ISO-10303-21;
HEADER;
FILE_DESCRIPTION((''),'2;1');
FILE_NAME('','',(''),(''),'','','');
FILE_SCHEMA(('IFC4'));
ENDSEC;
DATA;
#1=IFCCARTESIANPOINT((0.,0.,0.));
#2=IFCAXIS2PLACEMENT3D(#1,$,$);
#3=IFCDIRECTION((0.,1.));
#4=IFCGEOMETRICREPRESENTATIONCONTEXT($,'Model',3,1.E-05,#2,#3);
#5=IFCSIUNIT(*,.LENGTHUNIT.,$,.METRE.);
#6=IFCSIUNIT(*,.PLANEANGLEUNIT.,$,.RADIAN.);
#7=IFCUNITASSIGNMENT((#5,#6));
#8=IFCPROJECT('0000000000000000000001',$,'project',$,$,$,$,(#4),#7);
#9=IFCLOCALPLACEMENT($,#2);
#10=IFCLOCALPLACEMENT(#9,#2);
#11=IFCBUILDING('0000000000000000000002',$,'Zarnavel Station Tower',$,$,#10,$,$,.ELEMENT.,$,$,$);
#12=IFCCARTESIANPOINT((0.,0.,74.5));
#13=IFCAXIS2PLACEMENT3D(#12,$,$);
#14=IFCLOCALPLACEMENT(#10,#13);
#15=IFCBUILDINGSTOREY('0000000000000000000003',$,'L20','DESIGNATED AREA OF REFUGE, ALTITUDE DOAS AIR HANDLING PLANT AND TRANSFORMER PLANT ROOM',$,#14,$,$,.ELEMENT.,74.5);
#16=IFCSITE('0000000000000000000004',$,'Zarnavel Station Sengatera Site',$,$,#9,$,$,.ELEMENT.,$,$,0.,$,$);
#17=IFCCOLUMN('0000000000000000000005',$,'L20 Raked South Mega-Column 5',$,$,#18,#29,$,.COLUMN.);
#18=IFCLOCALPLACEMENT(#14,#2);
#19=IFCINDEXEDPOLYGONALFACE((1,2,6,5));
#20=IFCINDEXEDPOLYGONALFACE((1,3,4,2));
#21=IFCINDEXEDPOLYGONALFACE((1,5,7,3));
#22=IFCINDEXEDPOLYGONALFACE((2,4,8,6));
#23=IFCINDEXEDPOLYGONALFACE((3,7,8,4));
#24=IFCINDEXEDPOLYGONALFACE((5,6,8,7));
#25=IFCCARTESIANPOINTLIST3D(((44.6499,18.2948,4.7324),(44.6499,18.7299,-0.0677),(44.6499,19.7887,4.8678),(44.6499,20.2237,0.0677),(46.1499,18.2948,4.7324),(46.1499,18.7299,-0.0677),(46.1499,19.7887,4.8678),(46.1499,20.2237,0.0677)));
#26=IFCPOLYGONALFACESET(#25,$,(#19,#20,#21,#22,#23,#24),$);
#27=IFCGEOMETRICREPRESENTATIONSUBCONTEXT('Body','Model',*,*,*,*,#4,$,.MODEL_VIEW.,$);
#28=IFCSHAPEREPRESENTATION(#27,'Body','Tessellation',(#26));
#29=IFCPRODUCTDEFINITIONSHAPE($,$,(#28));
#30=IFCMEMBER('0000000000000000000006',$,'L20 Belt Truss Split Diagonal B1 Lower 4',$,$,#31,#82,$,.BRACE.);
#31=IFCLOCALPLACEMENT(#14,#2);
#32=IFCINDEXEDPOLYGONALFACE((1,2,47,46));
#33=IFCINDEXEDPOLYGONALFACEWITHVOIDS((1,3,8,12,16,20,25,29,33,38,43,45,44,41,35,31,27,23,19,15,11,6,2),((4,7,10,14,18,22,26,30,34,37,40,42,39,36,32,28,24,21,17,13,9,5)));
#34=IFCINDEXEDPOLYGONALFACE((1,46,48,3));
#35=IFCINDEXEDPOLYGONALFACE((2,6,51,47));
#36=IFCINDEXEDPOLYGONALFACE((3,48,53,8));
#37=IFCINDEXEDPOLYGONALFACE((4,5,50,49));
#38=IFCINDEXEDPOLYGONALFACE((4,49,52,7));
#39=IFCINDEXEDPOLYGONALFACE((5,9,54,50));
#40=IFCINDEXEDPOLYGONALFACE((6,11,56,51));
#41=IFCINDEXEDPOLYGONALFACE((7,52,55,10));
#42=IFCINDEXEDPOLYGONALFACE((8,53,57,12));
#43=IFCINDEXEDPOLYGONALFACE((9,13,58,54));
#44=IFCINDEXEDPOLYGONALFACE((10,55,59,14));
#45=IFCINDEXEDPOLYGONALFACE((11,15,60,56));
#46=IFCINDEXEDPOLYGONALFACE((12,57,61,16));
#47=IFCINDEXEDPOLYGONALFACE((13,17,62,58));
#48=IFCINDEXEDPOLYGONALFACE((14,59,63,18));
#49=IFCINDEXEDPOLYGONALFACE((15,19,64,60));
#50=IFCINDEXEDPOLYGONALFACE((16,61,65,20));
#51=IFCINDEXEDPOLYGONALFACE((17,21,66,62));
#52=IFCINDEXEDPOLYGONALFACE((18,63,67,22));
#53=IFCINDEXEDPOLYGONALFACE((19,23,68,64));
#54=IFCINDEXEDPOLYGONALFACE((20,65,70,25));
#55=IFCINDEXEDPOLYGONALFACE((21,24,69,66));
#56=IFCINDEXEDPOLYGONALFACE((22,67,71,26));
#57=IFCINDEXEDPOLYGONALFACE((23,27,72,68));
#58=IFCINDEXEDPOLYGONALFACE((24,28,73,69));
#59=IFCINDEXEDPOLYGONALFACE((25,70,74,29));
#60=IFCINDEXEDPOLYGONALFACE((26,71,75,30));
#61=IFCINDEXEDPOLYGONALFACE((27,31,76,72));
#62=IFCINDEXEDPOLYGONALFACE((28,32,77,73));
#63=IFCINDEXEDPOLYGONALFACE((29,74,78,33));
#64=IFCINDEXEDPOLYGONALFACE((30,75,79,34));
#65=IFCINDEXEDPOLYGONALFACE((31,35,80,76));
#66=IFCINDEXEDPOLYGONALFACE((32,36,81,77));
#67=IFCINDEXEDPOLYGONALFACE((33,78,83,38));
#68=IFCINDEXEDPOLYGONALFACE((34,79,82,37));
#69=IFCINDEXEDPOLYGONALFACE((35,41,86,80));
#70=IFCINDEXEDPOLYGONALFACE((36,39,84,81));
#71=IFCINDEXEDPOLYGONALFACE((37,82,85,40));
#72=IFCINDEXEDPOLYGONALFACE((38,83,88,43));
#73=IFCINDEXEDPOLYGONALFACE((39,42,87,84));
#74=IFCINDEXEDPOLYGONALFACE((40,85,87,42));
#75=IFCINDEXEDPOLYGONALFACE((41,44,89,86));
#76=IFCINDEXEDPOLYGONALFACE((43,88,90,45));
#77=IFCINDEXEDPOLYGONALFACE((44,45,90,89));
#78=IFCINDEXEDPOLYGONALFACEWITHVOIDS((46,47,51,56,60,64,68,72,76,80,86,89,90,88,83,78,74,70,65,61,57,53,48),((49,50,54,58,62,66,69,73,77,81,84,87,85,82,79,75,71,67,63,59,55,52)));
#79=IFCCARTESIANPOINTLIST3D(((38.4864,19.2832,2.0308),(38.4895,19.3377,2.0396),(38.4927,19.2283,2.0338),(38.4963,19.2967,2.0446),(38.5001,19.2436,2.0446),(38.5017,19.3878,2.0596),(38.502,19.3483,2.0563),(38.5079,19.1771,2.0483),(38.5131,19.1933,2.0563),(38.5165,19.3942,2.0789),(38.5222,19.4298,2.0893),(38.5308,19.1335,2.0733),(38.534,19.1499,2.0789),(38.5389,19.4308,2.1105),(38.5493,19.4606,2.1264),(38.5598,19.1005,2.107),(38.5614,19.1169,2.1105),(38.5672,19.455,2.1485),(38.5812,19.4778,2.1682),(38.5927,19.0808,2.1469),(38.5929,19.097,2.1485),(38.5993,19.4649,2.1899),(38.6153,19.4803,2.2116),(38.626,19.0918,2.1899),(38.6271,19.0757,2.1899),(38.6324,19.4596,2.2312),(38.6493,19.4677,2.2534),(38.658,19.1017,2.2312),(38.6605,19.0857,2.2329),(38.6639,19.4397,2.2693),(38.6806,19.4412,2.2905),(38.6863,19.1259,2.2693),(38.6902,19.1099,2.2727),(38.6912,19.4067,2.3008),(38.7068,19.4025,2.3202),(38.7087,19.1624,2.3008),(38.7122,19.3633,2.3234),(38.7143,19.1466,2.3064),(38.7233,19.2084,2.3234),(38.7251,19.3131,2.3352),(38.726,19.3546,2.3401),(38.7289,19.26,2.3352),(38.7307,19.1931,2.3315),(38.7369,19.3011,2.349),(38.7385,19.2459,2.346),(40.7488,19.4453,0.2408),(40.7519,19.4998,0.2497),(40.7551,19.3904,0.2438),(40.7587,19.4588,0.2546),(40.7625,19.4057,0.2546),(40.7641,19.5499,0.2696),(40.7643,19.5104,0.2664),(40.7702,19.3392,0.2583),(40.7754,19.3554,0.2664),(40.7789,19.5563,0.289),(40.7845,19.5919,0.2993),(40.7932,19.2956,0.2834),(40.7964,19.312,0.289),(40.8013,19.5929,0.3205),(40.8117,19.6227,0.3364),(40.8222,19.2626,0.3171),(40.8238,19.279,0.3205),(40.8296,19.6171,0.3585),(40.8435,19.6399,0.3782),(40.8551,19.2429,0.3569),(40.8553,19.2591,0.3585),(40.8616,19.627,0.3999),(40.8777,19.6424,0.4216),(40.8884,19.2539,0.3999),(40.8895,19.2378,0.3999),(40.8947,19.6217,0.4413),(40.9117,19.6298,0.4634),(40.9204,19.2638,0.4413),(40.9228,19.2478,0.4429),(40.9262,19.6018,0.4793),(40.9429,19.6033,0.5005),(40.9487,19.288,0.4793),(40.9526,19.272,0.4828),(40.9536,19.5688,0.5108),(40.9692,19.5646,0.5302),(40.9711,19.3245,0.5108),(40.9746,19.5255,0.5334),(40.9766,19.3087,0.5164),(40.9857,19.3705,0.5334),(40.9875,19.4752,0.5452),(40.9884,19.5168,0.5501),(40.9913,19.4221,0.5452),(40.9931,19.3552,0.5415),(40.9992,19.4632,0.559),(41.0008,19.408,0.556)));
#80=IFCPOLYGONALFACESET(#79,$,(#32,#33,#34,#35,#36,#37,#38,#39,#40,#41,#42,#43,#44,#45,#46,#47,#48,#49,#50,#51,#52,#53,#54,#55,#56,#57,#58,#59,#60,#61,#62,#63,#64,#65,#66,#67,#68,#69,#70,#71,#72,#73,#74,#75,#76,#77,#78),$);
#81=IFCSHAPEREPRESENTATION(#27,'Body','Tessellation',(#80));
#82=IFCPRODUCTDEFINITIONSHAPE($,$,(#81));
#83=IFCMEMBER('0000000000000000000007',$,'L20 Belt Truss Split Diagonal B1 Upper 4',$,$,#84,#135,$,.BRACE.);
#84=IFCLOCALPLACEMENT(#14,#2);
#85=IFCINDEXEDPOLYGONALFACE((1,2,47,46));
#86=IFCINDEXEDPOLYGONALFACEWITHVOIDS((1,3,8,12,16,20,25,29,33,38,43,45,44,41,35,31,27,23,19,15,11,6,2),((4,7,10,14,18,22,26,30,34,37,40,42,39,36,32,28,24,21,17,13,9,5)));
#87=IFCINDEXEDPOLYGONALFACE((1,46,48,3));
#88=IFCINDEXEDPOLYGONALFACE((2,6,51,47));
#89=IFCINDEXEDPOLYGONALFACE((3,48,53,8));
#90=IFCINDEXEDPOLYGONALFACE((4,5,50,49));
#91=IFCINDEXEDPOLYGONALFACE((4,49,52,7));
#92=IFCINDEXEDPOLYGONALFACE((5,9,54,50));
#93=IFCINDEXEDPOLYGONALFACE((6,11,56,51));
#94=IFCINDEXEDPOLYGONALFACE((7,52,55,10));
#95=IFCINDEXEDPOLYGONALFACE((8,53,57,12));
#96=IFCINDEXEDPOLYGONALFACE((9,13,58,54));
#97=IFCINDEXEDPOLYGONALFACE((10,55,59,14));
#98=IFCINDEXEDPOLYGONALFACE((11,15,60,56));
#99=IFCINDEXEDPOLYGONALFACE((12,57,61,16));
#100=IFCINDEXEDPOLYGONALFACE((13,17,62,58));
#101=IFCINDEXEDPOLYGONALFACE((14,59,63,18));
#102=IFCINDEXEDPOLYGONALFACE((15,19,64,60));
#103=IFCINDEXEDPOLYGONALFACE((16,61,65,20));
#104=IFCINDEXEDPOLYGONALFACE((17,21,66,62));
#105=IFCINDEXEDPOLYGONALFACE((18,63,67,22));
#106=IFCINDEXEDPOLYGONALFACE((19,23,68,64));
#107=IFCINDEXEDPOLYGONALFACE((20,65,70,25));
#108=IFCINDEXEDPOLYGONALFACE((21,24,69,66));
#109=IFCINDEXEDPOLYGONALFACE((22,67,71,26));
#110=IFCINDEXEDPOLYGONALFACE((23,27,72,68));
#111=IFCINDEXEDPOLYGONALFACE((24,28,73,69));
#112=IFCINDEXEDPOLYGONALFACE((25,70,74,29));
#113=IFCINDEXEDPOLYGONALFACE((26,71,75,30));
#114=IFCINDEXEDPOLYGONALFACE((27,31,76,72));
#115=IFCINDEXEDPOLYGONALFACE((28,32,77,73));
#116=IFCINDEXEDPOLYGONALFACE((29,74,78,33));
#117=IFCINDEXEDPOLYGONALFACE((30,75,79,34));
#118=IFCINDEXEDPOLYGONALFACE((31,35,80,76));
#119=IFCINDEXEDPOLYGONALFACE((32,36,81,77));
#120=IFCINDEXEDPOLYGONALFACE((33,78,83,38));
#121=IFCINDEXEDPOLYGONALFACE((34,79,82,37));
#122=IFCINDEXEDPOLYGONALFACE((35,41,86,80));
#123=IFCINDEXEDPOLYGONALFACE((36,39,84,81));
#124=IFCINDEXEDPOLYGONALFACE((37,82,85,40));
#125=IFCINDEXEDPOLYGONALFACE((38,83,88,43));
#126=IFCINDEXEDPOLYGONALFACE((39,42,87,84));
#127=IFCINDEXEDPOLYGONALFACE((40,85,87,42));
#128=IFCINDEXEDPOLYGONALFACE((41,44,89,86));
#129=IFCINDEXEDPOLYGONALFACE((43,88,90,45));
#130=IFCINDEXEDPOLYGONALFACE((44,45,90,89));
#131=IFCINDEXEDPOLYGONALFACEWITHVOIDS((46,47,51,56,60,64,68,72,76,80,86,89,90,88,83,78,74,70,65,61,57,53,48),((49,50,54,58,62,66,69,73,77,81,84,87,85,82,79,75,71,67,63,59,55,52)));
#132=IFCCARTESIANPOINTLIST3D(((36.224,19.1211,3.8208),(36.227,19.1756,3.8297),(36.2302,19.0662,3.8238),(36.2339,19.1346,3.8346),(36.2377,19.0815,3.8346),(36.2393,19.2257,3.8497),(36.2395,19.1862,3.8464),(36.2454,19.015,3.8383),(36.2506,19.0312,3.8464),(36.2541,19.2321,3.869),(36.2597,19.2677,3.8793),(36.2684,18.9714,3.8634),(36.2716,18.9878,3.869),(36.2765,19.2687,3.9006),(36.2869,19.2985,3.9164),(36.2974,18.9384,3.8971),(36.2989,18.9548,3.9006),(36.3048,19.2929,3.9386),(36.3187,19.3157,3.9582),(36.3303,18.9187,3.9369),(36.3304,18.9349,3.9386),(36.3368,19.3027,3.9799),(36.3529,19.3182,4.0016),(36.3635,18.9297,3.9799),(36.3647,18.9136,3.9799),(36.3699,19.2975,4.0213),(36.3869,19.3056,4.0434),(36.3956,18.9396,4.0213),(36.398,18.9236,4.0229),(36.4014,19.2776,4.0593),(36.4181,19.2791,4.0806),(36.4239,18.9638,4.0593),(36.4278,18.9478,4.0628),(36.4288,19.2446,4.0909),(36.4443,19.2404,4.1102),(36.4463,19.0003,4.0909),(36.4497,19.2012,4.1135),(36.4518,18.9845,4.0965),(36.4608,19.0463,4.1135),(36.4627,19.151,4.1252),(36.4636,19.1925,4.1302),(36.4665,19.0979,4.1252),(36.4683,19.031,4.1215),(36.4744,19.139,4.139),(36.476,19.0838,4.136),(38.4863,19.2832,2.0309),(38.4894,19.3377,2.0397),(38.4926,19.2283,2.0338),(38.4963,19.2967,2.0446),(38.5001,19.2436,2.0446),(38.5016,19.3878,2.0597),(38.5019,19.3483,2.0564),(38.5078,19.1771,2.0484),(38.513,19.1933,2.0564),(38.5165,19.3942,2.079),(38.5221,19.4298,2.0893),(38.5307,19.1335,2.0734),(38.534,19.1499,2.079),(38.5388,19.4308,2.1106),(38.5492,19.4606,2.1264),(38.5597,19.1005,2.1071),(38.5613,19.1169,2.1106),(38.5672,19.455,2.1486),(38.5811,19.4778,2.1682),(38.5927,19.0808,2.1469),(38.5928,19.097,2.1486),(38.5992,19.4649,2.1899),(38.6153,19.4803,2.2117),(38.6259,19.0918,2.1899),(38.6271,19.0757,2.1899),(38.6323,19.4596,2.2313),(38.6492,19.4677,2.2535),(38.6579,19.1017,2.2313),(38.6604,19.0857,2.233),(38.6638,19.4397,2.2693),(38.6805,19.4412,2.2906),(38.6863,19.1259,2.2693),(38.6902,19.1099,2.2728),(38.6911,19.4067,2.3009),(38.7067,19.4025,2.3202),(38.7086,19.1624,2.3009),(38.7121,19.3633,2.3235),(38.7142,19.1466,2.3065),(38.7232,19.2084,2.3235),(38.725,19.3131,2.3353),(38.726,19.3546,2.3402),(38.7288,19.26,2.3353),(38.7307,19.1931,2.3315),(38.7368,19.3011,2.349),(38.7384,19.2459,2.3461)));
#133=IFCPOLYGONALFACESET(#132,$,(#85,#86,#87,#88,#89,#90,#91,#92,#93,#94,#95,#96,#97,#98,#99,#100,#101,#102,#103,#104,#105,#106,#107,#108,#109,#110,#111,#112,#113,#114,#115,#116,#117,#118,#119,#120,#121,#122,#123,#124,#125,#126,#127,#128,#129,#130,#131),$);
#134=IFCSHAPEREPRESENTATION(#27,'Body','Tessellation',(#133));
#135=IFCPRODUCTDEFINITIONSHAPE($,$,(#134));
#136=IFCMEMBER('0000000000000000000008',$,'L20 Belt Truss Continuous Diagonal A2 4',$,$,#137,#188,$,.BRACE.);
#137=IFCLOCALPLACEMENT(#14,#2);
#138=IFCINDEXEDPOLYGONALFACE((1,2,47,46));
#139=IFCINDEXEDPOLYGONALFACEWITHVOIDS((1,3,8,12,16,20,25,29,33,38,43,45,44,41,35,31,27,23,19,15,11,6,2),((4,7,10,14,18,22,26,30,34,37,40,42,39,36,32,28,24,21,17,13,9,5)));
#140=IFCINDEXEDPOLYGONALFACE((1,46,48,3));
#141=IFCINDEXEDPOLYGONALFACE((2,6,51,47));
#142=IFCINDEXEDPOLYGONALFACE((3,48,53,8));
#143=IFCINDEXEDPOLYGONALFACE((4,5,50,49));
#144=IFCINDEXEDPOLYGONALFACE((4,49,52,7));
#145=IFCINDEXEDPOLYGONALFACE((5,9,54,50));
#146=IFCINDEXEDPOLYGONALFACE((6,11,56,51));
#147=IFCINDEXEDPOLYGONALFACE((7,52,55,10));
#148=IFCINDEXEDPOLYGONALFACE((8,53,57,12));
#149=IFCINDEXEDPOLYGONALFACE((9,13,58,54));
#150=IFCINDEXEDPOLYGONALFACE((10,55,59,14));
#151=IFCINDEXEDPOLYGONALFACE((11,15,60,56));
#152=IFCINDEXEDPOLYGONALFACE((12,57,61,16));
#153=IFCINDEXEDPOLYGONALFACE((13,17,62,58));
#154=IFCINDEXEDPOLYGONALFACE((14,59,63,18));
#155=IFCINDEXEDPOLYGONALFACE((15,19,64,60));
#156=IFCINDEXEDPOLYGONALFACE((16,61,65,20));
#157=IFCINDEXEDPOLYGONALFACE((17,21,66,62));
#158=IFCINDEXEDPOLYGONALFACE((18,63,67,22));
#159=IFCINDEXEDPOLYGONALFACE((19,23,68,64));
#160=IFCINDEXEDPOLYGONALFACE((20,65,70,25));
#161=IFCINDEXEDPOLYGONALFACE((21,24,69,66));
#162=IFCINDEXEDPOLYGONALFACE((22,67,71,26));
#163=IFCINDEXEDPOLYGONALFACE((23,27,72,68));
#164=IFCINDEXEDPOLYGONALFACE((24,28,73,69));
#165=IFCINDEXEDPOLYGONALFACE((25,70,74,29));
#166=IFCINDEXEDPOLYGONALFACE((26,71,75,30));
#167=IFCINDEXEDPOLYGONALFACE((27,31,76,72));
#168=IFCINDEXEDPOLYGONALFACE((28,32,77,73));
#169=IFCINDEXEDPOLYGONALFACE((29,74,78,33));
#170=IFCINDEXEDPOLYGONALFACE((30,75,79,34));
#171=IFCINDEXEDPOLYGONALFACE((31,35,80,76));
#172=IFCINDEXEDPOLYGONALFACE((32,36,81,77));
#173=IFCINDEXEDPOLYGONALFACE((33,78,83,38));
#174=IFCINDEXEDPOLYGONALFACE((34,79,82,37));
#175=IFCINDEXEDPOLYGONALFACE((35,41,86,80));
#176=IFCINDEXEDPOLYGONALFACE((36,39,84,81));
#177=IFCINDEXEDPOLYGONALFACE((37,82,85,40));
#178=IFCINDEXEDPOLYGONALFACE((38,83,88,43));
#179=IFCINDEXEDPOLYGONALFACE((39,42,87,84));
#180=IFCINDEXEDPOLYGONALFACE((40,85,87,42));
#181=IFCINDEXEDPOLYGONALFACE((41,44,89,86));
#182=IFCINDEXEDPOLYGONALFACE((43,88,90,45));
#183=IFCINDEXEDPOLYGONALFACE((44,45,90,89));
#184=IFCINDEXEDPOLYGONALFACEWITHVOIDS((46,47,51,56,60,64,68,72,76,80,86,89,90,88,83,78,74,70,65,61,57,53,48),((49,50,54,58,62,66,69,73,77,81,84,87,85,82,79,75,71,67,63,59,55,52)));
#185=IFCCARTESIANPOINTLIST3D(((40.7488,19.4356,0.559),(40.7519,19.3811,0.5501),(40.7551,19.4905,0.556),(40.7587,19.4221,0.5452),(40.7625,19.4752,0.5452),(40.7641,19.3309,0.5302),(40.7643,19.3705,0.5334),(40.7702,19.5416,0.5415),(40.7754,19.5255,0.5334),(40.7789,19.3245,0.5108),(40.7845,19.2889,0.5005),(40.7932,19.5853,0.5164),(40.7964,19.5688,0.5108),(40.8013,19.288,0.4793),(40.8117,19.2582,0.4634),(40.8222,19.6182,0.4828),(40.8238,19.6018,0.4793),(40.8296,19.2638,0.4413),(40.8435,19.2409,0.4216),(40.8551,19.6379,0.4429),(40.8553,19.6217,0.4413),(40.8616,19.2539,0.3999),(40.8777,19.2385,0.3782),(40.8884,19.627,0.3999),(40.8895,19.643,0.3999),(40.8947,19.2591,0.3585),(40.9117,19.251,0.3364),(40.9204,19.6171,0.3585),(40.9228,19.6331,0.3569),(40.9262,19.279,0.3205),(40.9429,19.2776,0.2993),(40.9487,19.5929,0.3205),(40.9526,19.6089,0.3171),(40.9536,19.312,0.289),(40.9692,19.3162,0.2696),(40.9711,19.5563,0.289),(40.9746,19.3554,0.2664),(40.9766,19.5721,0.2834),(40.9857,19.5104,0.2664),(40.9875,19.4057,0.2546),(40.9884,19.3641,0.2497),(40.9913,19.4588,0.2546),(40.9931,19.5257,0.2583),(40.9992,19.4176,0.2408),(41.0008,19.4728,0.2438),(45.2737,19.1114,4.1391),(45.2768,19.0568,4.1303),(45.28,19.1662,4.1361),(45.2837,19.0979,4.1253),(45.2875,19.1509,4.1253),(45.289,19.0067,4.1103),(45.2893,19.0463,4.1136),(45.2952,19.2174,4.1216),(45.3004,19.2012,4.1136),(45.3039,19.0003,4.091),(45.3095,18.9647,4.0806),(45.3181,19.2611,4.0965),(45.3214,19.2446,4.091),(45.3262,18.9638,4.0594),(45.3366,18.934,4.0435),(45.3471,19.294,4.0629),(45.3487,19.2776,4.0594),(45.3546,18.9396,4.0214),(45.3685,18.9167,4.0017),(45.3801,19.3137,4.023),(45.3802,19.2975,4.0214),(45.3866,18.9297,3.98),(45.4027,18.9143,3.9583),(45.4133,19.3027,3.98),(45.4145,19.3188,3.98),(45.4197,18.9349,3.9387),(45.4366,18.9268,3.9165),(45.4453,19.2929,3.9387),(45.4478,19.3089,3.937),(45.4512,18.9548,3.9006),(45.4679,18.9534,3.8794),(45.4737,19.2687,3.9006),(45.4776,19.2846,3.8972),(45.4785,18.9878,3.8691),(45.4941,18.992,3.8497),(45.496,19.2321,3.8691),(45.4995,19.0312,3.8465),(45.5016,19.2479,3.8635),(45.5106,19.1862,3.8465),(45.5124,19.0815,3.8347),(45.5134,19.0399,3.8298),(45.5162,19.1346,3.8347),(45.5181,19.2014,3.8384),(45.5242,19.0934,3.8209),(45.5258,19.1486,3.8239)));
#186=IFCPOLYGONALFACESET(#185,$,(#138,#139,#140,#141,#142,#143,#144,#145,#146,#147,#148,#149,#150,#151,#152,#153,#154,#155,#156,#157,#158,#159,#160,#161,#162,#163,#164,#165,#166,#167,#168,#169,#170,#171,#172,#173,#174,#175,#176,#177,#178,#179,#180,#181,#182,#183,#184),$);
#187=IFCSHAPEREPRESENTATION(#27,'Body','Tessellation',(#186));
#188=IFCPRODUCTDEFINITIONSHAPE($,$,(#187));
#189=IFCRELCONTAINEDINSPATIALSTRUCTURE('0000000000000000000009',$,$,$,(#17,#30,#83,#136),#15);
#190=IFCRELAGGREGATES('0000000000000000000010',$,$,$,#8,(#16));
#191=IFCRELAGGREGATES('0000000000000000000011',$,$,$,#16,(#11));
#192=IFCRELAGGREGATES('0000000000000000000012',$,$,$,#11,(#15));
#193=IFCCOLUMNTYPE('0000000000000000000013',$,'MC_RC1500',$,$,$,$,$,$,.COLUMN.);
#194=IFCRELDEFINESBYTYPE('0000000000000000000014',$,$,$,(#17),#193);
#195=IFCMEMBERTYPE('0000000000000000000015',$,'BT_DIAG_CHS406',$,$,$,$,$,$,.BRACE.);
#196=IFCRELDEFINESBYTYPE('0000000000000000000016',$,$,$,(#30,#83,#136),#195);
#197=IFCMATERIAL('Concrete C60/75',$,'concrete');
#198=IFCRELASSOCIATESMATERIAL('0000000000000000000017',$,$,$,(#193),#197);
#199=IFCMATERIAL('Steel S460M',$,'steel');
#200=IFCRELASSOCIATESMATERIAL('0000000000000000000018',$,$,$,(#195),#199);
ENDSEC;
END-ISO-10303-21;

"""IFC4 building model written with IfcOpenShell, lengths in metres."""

from ifc_helpers import new_model, si_unit, direction, frame, origin, origin_2d, place, context, subcontext, project, spatial, rectangle, hollow_circle, extrude, material, material_profile, profile_set, type_object, element, save


model = new_model("IFC4")

# Units and contexts
model_context = context("Model", 3, precision=1e-05, world=origin(), true_north=direction((0.0, 1.0)))
body_context = subcontext(model_context, "Body", "Model", "MODEL_VIEW")
ifc_project = project(units=[si_unit("LENGTHUNIT", "METRE"), si_unit("PLANEANGLEUNIT", "RADIAN")], contexts=[model_context])

# Site, building, storey
site_placement = place(None, origin())
site = spatial("IfcSite", under=ifc_project, at=site_placement, Name="Zarnavel Station Sengatera Site", CompositionType="ELEMENT", RefElevation=0.0)
building_placement = place(site_placement, origin())
building = spatial("IfcBuilding", under=site, at=building_placement, Name="Zarnavel Station Tower", CompositionType="ELEMENT")
storey_placement = place(building_placement, frame((0.0, 0.0, 74.5)))
storey = spatial("IfcBuildingStorey", under=building, at=storey_placement, Name="L20", Description="DESIGNATED AREA OF REFUGE, ALTITUDE DOAS AIR HANDLING PLANT AND TRANSFORMER PLANT ROOM", CompositionType="ELEMENT", Elevation=74.5)

# Column
ifc_material_1 = material(Name="Concrete C60/75", Category="concrete")
ifc_material_profile_1 = material_profile(ifc_material_1, rectangle(XDim=1.5, YDim=1.5, at=origin_2d()), Name="RC1500x1500")
ifc_profile_set_1 = profile_set([ifc_material_profile_1], Name="Concrete C60/75")
column_type = type_object("IfcColumnType", Name="MC_RC1500", PredefinedType="COLUMN", material=ifc_profile_set_1)
column_placement = place(storey_placement, frame((45.3999, 19.4768, 0.0), z_axis=(0.0, -0.090266, 0.995918), x_axis=(1.0, 0.0, 0.0)))
element("IfcColumn", 1, at=column_placement, inside=storey, type_object=column_type, Name="L20 Raked South Mega-Column 5", PredefinedType="COLUMN", context=body_context, shape_type="SweptSolid", body=[
    extrude(rectangle(XDim=1.5, YDim=1.5, at=origin_2d()), origin(), (0.0, 0.0, 1.0), 4.8198),
])

# Members
ifc_material_2 = material(Name="Steel S460M", Category="steel")
ifc_material_profile_2 = material_profile(ifc_material_2, hollow_circle(Radius=0.2031, WallThickness=0.0161, at=origin_2d()), Name="CHS406.4x16")
ifc_profile_set_2 = profile_set([ifc_material_profile_2], Name="Steel S460M")
member_type_1 = type_object("IfcMemberType", Name="BT_DIAG_CHS406", PredefinedType="BRACE", material=ifc_profile_set_2)
for number, where, z_axis, x_axis, name in (
    (2, (40.875, 19.4404, 0.3999), (-0.782991, -0.056103, 0.619498), (0.071469, -0.997443, 0.0), "L20 Belt Truss Split Diagonal B1 Lower 4"),
    (3, (38.6125, 19.2783, 2.1899), (-0.782991, -0.056103, 0.619498), (0.071469, -0.997443, 0.0), "L20 Belt Truss Split Diagonal B1 Upper 4"),
):
    element("IfcMember", number, at=place(storey_placement, frame(where, z_axis=z_axis, x_axis=x_axis)), inside=storey, type_object=member_type_1, Name=name, PredefinedType="BRACE", context=body_context, shape_type="SweptSolid", body=[
        extrude(hollow_circle(Radius=0.2031, WallThickness=0.0161, at=origin_2d()), origin(), (0.0, 0.0, 1.0), 2.8894),
    ])
member_1_placement = place(storey_placement, frame((40.875, 19.4404, 0.3999), z_axis=(0.782991, -0.056103, 0.619498), x_axis=(0.071469, 0.997443, 0.0)))
element("IfcMember", 4, at=member_1_placement, inside=storey, type_object=member_type_1, Name="L20 Belt Truss Continuous Diagonal A2 4", PredefinedType="BRACE", context=body_context, shape_type="SweptSolid", body=[
    extrude(hollow_circle(Radius=0.2031, WallThickness=0.0161, at=origin_2d()), origin(), (0.0, 0.0, 1.0), 5.7791),
])

save(model, "model.ifc")
